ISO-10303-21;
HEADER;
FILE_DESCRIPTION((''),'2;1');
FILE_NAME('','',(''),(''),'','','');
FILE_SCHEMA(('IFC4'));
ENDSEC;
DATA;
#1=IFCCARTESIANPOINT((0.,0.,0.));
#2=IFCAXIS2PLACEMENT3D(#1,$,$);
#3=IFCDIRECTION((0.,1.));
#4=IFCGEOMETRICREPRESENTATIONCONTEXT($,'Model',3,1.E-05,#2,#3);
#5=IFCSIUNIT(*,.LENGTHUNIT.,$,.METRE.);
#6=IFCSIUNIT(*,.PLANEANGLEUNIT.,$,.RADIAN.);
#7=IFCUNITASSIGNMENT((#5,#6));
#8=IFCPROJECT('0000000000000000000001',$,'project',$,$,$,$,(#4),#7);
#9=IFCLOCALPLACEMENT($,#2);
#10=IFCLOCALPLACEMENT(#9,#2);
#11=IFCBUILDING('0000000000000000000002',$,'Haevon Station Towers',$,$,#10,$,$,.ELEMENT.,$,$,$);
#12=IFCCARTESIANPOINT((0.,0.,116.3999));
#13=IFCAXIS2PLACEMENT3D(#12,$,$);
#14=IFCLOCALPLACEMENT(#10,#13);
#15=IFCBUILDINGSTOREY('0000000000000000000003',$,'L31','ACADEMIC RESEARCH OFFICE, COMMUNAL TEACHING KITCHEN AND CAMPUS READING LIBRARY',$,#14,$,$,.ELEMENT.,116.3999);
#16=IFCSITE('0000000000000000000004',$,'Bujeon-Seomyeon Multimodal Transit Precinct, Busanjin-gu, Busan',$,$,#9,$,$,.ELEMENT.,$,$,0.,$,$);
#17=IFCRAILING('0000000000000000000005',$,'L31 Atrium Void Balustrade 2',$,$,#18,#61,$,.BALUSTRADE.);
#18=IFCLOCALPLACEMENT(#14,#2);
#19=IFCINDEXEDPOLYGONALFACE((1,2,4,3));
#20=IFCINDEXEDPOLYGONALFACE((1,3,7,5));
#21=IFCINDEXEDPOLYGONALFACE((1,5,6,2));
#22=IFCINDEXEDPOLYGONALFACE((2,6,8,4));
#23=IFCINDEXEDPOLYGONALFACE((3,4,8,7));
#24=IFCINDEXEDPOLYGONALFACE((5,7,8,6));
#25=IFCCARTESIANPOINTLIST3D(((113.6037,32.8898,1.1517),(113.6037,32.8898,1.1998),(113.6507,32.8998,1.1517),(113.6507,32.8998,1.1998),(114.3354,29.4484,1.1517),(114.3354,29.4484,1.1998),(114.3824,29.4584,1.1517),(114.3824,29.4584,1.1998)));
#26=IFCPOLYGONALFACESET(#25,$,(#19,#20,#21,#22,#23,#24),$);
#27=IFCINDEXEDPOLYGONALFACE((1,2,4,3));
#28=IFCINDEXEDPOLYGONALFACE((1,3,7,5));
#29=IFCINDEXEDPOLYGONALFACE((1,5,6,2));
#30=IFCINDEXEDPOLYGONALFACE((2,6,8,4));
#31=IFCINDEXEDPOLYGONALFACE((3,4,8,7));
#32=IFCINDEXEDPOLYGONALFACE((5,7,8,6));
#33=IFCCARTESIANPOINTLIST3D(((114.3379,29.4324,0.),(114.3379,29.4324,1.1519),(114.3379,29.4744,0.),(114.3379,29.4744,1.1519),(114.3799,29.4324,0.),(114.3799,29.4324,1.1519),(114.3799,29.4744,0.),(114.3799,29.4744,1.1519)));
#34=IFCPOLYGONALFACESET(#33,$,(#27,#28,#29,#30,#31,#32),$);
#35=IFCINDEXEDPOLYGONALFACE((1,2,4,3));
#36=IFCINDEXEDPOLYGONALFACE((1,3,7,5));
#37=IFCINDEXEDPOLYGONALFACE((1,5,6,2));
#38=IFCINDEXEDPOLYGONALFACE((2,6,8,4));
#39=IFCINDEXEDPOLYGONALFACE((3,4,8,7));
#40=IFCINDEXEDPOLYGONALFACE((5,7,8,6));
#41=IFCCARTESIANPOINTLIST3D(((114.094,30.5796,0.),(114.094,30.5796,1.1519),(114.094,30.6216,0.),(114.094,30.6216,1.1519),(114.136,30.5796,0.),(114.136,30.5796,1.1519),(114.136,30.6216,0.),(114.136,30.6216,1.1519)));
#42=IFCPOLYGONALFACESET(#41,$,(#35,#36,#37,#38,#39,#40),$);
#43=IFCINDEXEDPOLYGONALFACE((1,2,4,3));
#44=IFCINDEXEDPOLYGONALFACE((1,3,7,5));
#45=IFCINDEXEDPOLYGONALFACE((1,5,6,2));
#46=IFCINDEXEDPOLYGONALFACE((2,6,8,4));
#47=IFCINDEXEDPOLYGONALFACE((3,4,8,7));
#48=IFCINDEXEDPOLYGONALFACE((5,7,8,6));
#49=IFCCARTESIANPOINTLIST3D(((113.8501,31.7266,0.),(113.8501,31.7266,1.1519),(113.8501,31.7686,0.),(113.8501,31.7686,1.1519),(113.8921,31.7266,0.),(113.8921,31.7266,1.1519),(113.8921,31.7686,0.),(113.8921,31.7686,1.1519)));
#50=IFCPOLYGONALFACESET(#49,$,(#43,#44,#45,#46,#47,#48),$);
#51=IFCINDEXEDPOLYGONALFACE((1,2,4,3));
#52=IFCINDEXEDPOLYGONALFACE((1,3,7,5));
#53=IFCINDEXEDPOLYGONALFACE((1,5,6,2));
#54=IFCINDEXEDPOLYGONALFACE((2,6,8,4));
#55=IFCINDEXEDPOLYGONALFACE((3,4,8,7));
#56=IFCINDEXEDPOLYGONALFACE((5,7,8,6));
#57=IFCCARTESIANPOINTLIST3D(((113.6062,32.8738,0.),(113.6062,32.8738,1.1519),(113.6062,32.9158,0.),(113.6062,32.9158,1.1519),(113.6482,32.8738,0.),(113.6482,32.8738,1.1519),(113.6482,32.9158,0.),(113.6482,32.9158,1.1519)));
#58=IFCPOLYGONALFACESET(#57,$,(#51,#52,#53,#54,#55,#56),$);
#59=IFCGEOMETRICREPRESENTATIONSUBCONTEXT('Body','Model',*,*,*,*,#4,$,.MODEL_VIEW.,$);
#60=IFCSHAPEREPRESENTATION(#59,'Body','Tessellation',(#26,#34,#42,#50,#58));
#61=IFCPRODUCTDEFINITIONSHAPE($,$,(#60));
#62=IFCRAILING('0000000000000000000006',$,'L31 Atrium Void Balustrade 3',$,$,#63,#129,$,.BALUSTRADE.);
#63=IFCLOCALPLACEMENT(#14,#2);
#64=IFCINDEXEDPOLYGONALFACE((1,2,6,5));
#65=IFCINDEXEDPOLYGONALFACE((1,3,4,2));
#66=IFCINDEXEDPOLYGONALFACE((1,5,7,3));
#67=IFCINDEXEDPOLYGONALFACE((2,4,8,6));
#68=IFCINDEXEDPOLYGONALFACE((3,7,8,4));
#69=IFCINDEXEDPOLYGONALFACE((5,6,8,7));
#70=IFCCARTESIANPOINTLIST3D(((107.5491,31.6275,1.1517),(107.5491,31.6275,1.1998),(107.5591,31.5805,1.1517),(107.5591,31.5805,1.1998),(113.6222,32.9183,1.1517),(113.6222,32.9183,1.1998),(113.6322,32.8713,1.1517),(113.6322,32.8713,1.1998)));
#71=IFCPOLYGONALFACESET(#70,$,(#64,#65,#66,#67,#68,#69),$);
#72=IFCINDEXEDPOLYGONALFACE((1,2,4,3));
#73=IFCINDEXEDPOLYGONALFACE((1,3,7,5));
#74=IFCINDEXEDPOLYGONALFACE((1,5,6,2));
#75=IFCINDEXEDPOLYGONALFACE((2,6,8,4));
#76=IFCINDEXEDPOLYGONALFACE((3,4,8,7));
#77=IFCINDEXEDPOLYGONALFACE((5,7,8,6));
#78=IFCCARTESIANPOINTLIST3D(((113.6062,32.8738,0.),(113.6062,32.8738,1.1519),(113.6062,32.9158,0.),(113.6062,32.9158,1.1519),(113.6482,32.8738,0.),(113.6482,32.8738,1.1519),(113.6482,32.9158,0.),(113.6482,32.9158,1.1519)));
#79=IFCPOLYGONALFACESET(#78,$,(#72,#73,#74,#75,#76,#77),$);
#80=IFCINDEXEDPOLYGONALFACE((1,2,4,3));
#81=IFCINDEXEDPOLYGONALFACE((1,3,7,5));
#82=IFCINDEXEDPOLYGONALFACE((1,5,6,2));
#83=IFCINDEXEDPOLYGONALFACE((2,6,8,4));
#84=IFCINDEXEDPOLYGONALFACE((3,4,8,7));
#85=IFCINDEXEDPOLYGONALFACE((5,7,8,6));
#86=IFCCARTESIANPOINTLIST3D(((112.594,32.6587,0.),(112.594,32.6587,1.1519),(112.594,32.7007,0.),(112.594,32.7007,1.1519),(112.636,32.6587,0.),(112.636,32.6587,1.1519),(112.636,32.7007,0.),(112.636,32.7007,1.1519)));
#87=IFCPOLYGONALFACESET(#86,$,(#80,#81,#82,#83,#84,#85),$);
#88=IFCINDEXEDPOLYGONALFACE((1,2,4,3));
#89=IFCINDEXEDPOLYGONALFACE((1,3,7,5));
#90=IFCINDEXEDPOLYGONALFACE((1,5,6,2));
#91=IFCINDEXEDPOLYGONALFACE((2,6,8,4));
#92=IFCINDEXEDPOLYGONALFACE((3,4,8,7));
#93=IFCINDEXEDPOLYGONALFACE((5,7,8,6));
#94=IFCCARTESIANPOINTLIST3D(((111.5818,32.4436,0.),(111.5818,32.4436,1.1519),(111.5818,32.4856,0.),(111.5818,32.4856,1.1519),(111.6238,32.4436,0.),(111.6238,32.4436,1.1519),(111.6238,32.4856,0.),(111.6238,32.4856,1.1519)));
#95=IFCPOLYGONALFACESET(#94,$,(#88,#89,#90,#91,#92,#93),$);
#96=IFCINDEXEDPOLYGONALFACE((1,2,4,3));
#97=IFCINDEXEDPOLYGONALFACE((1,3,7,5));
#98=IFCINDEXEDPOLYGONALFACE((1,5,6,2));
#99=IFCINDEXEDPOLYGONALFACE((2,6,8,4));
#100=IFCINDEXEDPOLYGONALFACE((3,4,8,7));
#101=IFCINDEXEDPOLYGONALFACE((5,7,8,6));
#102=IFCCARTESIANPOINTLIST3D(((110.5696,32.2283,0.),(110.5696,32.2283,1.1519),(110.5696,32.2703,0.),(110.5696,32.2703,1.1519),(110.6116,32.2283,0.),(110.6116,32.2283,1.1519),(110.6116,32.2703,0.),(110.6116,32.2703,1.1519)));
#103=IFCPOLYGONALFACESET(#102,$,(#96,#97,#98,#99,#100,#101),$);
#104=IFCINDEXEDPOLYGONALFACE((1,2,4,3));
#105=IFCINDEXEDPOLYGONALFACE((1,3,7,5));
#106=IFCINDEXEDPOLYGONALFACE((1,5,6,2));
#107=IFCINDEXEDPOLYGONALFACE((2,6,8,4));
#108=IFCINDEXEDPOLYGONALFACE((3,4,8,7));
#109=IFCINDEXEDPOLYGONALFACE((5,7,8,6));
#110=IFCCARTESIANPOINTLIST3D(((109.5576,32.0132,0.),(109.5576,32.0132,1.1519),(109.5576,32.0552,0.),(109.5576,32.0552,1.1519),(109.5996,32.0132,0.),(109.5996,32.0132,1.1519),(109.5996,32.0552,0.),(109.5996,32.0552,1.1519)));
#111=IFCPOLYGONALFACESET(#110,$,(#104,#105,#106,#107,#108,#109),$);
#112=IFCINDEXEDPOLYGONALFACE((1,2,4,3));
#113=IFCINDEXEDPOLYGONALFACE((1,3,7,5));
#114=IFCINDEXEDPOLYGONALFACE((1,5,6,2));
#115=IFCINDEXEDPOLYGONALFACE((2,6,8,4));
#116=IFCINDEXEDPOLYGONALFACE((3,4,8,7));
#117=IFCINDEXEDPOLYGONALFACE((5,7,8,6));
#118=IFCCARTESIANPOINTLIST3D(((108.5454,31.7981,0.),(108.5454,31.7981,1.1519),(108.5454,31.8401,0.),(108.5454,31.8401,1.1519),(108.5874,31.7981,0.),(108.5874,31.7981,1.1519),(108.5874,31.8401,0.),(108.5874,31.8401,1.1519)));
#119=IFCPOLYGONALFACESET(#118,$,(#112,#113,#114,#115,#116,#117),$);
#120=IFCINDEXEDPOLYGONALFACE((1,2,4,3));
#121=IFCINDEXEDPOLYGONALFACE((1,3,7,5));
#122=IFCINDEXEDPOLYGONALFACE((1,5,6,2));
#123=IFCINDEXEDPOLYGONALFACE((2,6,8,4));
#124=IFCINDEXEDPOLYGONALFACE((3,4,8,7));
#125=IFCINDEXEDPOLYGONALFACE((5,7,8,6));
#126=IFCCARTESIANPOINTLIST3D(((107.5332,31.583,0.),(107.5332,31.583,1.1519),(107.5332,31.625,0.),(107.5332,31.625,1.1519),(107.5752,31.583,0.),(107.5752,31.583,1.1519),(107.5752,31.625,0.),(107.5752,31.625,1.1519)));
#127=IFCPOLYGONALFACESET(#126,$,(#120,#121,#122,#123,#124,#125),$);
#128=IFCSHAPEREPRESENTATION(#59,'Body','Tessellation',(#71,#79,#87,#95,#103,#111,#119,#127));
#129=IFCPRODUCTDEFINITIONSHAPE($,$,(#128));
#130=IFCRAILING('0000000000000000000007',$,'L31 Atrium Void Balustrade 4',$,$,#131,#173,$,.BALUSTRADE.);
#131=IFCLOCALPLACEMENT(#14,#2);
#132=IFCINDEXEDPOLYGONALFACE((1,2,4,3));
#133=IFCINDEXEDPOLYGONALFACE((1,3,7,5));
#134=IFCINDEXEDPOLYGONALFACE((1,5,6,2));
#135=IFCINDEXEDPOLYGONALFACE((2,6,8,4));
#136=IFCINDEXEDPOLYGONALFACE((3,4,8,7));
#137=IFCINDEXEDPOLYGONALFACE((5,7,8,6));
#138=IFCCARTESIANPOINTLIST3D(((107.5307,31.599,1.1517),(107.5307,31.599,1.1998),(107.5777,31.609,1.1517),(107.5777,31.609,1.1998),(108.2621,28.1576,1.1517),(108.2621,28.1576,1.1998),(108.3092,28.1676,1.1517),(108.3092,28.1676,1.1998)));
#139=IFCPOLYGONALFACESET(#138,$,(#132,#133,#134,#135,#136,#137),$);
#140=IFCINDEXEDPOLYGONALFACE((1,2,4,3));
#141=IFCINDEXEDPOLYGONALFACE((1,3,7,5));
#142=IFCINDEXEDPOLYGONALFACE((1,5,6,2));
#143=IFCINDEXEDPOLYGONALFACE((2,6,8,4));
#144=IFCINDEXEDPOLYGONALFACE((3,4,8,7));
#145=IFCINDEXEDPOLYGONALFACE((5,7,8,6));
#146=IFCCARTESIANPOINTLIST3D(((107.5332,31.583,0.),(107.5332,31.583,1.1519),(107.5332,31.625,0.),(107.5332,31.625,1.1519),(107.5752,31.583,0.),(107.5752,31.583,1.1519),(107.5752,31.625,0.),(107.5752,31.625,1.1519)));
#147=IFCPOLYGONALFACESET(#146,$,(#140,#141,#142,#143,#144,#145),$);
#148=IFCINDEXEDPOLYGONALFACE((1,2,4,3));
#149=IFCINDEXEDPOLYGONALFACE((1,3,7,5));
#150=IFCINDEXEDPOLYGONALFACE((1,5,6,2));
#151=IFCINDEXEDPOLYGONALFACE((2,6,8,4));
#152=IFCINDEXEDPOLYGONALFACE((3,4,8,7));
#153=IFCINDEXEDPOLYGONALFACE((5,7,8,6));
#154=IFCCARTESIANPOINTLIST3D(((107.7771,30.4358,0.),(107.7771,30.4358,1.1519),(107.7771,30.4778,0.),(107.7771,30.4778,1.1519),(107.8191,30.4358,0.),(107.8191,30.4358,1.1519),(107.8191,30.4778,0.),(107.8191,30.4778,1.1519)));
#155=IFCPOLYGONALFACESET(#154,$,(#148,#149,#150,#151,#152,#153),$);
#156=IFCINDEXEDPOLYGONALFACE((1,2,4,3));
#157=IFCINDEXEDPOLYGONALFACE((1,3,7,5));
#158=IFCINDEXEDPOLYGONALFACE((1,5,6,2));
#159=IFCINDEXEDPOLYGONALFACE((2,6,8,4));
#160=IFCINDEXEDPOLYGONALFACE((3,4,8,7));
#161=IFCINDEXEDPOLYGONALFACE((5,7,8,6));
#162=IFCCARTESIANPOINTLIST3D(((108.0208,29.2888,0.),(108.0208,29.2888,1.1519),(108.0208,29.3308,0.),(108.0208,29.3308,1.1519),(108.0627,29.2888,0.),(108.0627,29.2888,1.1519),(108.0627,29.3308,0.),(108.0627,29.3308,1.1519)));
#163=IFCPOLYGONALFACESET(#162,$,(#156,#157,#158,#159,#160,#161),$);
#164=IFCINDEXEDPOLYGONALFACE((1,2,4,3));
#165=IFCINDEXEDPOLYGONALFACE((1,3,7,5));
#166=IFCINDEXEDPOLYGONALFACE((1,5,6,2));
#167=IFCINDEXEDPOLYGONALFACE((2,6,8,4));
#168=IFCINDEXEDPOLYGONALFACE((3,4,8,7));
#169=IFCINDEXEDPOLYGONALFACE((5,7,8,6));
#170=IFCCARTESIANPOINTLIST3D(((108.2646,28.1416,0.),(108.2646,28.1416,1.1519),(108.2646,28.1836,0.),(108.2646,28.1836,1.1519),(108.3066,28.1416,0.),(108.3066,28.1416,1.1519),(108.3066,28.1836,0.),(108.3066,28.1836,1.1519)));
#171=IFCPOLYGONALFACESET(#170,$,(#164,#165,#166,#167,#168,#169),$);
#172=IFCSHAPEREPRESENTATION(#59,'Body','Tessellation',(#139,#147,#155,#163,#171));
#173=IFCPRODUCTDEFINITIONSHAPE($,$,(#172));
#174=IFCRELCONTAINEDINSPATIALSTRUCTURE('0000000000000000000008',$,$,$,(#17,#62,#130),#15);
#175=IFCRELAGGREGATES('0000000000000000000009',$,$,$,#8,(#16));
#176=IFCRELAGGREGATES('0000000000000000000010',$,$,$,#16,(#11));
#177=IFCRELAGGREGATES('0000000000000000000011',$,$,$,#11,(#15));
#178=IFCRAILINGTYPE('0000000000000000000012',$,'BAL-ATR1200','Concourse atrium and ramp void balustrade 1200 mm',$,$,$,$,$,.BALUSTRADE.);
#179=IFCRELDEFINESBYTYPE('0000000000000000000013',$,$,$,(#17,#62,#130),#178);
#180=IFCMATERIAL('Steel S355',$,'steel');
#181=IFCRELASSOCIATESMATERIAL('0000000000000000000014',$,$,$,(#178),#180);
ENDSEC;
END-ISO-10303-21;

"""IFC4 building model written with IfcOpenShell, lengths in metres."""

from ifc_helpers import new_model, si_unit, direction, frame, origin, origin_2d, place, context, subcontext, project, spatial, rectangle, extrude, material, type_object, element, save


model = new_model("IFC4")

# Units and contexts
model_context = context("Model", 3, precision=1e-05, world=origin(), true_north=direction((0.0, 1.0)))
body_context = subcontext(model_context, "Body", "Model", "MODEL_VIEW")
ifc_project = project(units=[si_unit("LENGTHUNIT", "METRE"), si_unit("PLANEANGLEUNIT", "RADIAN")], contexts=[model_context])

# Site, building, storey
site_placement = place(None, origin())
site = spatial("IfcSite", under=ifc_project, at=site_placement, Name="Bujeon-Seomyeon Multimodal Transit Precinct, Busanjin-gu, Busan", CompositionType="ELEMENT", RefElevation=0.0)
building_placement = place(site_placement, origin())
building = spatial("IfcBuilding", under=site, at=building_placement, Name="Haevon Station Towers", CompositionType="ELEMENT")
storey_placement = place(building_placement, frame((0.0, 0.0, 116.3999)))
storey = spatial("IfcBuildingStorey", under=building, at=storey_placement, Name="L31", Description="ACADEMIC RESEARCH OFFICE, COMMUNAL TEACHING KITCHEN AND CAMPUS READING LIBRARY", CompositionType="ELEMENT", Elevation=116.3999)

# Shared definitions
ifc_material_1 = material(Name="Steel S355", Category="steel")

# Railings
railing_type_1 = type_object("IfcRailingType", Name="BAL-ATR1200", Description="Concourse atrium and ramp void balustrade 1200 mm", PredefinedType="BALUSTRADE", material=ifc_material_1)
railing_1_placement = place(storey_placement, frame((114.3589, 29.4534, 0.0)))
element("IfcRailing", 1, at=railing_1_placement, inside=storey, type_object=railing_type_1, Name="L31 Atrium Void Balustrade 2", PredefinedType="BALUSTRADE", context=body_context, shape_type="SweptSolid", body=[
    extrude(rectangle(XDim=0.0481, YDim=0.0481, at=origin_2d()), frame((0.0, 0.0, 1.1758), z_axis=(-0.207965, 0.978136, 0.0), x_axis=(-0.978136, -0.207965, 0.0)), (0.0, 0.0, 1.0), 3.5183),
    extrude(rectangle(XDim=0.042, YDim=0.042, at=origin_2d()), origin(), (0.0, 0.0, 1.0), 1.1519),
    extrude(rectangle(XDim=0.042, YDim=0.042, at=origin_2d()), frame((-0.2439, 1.1472, 0.0)), (0.0, 0.0, 1.0), 1.1519),
    extrude(rectangle(XDim=0.042, YDim=0.042, at=origin_2d()), frame((-0.4878, 2.2942, 0.0)), (0.0, 0.0, 1.0), 1.1519),
    extrude(rectangle(XDim=0.042, YDim=0.042, at=origin_2d()), frame((-0.7317, 3.4414, 0.0)), (0.0, 0.0, 1.0), 1.1519),
])
railing_2_placement = place(storey_placement, frame((113.6272, 32.8948, 0.0)))
element("IfcRailing", 2, at=railing_2_placement, inside=storey, type_object=railing_type_1, Name="L31 Atrium Void Balustrade 3", PredefinedType="BALUSTRADE", context=body_context, shape_type="SweptSolid", body=[
    extrude(rectangle(XDim=0.0481, YDim=0.0481, at=origin_2d()), frame((0.0, 0.0, 1.1758), z_axis=(-0.97815, -0.207899, 0.0), x_axis=(0.207899, -0.97815, 0.0)), (0.0, 0.0, 1.0), 6.2087),
    extrude(rectangle(XDim=0.042, YDim=0.042, at=origin_2d()), origin(), (0.0, 0.0, 1.0), 1.1519),
    extrude(rectangle(XDim=0.042, YDim=0.042, at=origin_2d()), frame((-1.0122, -0.2151, 0.0)), (0.0, 0.0, 1.0), 1.1519),
    extrude(rectangle(XDim=0.042, YDim=0.042, at=origin_2d()), frame((-2.0244, -0.4302, 0.0)), (0.0, 0.0, 1.0), 1.1519),
    extrude(rectangle(XDim=0.042, YDim=0.042, at=origin_2d()), frame((-3.0366, -0.6455, 0.0)), (0.0, 0.0, 1.0), 1.1519),
    extrude(rectangle(XDim=0.042, YDim=0.042, at=origin_2d()), frame((-4.0486, -0.8606, 0.0)), (0.0, 0.0, 1.0), 1.1519),
    extrude(rectangle(XDim=0.042, YDim=0.042, at=origin_2d()), frame((-5.0608, -1.0757, 0.0)), (0.0, 0.0, 1.0), 1.1519),
    extrude(rectangle(XDim=0.042, YDim=0.042, at=origin_2d()), frame((-6.073, -1.2908, 0.0)), (0.0, 0.0, 1.0), 1.1519),
])
railing_3_placement = place(storey_placement, frame((107.5542, 31.604, 0.0)))
element("IfcRailing", 3, at=railing_3_placement, inside=storey, type_object=railing_type_1, Name="L31 Atrium Void Balustrade 4", PredefinedType="BALUSTRADE", context=body_context, shape_type="SweptSolid", body=[
    extrude(rectangle(XDim=0.0481, YDim=0.0481, at=origin_2d()), frame((0.0, 0.0, 1.1758), z_axis=(0.207899, -0.97815, 0.0), x_axis=(0.97815, 0.207899, 0.0)), (0.0, 0.0, 1.0), 3.5183),
    extrude(rectangle(XDim=0.042, YDim=0.042, at=origin_2d()), origin(), (0.0, 0.0, 1.0), 1.1519),
    extrude(rectangle(XDim=0.042, YDim=0.042, at=origin_2d()), frame((0.2439, -1.1472, 0.0)), (0.0, 0.0, 1.0), 1.1519),
    extrude(rectangle(XDim=0.042, YDim=0.042, at=origin_2d()), frame((0.4875, -2.2942, 0.0)), (0.0, 0.0, 1.0), 1.1519),
    extrude(rectangle(XDim=0.042, YDim=0.042, at=origin_2d()), frame((0.7314, -3.4414, 0.0)), (0.0, 0.0, 1.0), 1.1519),
])

save(model, "model.ifc")
